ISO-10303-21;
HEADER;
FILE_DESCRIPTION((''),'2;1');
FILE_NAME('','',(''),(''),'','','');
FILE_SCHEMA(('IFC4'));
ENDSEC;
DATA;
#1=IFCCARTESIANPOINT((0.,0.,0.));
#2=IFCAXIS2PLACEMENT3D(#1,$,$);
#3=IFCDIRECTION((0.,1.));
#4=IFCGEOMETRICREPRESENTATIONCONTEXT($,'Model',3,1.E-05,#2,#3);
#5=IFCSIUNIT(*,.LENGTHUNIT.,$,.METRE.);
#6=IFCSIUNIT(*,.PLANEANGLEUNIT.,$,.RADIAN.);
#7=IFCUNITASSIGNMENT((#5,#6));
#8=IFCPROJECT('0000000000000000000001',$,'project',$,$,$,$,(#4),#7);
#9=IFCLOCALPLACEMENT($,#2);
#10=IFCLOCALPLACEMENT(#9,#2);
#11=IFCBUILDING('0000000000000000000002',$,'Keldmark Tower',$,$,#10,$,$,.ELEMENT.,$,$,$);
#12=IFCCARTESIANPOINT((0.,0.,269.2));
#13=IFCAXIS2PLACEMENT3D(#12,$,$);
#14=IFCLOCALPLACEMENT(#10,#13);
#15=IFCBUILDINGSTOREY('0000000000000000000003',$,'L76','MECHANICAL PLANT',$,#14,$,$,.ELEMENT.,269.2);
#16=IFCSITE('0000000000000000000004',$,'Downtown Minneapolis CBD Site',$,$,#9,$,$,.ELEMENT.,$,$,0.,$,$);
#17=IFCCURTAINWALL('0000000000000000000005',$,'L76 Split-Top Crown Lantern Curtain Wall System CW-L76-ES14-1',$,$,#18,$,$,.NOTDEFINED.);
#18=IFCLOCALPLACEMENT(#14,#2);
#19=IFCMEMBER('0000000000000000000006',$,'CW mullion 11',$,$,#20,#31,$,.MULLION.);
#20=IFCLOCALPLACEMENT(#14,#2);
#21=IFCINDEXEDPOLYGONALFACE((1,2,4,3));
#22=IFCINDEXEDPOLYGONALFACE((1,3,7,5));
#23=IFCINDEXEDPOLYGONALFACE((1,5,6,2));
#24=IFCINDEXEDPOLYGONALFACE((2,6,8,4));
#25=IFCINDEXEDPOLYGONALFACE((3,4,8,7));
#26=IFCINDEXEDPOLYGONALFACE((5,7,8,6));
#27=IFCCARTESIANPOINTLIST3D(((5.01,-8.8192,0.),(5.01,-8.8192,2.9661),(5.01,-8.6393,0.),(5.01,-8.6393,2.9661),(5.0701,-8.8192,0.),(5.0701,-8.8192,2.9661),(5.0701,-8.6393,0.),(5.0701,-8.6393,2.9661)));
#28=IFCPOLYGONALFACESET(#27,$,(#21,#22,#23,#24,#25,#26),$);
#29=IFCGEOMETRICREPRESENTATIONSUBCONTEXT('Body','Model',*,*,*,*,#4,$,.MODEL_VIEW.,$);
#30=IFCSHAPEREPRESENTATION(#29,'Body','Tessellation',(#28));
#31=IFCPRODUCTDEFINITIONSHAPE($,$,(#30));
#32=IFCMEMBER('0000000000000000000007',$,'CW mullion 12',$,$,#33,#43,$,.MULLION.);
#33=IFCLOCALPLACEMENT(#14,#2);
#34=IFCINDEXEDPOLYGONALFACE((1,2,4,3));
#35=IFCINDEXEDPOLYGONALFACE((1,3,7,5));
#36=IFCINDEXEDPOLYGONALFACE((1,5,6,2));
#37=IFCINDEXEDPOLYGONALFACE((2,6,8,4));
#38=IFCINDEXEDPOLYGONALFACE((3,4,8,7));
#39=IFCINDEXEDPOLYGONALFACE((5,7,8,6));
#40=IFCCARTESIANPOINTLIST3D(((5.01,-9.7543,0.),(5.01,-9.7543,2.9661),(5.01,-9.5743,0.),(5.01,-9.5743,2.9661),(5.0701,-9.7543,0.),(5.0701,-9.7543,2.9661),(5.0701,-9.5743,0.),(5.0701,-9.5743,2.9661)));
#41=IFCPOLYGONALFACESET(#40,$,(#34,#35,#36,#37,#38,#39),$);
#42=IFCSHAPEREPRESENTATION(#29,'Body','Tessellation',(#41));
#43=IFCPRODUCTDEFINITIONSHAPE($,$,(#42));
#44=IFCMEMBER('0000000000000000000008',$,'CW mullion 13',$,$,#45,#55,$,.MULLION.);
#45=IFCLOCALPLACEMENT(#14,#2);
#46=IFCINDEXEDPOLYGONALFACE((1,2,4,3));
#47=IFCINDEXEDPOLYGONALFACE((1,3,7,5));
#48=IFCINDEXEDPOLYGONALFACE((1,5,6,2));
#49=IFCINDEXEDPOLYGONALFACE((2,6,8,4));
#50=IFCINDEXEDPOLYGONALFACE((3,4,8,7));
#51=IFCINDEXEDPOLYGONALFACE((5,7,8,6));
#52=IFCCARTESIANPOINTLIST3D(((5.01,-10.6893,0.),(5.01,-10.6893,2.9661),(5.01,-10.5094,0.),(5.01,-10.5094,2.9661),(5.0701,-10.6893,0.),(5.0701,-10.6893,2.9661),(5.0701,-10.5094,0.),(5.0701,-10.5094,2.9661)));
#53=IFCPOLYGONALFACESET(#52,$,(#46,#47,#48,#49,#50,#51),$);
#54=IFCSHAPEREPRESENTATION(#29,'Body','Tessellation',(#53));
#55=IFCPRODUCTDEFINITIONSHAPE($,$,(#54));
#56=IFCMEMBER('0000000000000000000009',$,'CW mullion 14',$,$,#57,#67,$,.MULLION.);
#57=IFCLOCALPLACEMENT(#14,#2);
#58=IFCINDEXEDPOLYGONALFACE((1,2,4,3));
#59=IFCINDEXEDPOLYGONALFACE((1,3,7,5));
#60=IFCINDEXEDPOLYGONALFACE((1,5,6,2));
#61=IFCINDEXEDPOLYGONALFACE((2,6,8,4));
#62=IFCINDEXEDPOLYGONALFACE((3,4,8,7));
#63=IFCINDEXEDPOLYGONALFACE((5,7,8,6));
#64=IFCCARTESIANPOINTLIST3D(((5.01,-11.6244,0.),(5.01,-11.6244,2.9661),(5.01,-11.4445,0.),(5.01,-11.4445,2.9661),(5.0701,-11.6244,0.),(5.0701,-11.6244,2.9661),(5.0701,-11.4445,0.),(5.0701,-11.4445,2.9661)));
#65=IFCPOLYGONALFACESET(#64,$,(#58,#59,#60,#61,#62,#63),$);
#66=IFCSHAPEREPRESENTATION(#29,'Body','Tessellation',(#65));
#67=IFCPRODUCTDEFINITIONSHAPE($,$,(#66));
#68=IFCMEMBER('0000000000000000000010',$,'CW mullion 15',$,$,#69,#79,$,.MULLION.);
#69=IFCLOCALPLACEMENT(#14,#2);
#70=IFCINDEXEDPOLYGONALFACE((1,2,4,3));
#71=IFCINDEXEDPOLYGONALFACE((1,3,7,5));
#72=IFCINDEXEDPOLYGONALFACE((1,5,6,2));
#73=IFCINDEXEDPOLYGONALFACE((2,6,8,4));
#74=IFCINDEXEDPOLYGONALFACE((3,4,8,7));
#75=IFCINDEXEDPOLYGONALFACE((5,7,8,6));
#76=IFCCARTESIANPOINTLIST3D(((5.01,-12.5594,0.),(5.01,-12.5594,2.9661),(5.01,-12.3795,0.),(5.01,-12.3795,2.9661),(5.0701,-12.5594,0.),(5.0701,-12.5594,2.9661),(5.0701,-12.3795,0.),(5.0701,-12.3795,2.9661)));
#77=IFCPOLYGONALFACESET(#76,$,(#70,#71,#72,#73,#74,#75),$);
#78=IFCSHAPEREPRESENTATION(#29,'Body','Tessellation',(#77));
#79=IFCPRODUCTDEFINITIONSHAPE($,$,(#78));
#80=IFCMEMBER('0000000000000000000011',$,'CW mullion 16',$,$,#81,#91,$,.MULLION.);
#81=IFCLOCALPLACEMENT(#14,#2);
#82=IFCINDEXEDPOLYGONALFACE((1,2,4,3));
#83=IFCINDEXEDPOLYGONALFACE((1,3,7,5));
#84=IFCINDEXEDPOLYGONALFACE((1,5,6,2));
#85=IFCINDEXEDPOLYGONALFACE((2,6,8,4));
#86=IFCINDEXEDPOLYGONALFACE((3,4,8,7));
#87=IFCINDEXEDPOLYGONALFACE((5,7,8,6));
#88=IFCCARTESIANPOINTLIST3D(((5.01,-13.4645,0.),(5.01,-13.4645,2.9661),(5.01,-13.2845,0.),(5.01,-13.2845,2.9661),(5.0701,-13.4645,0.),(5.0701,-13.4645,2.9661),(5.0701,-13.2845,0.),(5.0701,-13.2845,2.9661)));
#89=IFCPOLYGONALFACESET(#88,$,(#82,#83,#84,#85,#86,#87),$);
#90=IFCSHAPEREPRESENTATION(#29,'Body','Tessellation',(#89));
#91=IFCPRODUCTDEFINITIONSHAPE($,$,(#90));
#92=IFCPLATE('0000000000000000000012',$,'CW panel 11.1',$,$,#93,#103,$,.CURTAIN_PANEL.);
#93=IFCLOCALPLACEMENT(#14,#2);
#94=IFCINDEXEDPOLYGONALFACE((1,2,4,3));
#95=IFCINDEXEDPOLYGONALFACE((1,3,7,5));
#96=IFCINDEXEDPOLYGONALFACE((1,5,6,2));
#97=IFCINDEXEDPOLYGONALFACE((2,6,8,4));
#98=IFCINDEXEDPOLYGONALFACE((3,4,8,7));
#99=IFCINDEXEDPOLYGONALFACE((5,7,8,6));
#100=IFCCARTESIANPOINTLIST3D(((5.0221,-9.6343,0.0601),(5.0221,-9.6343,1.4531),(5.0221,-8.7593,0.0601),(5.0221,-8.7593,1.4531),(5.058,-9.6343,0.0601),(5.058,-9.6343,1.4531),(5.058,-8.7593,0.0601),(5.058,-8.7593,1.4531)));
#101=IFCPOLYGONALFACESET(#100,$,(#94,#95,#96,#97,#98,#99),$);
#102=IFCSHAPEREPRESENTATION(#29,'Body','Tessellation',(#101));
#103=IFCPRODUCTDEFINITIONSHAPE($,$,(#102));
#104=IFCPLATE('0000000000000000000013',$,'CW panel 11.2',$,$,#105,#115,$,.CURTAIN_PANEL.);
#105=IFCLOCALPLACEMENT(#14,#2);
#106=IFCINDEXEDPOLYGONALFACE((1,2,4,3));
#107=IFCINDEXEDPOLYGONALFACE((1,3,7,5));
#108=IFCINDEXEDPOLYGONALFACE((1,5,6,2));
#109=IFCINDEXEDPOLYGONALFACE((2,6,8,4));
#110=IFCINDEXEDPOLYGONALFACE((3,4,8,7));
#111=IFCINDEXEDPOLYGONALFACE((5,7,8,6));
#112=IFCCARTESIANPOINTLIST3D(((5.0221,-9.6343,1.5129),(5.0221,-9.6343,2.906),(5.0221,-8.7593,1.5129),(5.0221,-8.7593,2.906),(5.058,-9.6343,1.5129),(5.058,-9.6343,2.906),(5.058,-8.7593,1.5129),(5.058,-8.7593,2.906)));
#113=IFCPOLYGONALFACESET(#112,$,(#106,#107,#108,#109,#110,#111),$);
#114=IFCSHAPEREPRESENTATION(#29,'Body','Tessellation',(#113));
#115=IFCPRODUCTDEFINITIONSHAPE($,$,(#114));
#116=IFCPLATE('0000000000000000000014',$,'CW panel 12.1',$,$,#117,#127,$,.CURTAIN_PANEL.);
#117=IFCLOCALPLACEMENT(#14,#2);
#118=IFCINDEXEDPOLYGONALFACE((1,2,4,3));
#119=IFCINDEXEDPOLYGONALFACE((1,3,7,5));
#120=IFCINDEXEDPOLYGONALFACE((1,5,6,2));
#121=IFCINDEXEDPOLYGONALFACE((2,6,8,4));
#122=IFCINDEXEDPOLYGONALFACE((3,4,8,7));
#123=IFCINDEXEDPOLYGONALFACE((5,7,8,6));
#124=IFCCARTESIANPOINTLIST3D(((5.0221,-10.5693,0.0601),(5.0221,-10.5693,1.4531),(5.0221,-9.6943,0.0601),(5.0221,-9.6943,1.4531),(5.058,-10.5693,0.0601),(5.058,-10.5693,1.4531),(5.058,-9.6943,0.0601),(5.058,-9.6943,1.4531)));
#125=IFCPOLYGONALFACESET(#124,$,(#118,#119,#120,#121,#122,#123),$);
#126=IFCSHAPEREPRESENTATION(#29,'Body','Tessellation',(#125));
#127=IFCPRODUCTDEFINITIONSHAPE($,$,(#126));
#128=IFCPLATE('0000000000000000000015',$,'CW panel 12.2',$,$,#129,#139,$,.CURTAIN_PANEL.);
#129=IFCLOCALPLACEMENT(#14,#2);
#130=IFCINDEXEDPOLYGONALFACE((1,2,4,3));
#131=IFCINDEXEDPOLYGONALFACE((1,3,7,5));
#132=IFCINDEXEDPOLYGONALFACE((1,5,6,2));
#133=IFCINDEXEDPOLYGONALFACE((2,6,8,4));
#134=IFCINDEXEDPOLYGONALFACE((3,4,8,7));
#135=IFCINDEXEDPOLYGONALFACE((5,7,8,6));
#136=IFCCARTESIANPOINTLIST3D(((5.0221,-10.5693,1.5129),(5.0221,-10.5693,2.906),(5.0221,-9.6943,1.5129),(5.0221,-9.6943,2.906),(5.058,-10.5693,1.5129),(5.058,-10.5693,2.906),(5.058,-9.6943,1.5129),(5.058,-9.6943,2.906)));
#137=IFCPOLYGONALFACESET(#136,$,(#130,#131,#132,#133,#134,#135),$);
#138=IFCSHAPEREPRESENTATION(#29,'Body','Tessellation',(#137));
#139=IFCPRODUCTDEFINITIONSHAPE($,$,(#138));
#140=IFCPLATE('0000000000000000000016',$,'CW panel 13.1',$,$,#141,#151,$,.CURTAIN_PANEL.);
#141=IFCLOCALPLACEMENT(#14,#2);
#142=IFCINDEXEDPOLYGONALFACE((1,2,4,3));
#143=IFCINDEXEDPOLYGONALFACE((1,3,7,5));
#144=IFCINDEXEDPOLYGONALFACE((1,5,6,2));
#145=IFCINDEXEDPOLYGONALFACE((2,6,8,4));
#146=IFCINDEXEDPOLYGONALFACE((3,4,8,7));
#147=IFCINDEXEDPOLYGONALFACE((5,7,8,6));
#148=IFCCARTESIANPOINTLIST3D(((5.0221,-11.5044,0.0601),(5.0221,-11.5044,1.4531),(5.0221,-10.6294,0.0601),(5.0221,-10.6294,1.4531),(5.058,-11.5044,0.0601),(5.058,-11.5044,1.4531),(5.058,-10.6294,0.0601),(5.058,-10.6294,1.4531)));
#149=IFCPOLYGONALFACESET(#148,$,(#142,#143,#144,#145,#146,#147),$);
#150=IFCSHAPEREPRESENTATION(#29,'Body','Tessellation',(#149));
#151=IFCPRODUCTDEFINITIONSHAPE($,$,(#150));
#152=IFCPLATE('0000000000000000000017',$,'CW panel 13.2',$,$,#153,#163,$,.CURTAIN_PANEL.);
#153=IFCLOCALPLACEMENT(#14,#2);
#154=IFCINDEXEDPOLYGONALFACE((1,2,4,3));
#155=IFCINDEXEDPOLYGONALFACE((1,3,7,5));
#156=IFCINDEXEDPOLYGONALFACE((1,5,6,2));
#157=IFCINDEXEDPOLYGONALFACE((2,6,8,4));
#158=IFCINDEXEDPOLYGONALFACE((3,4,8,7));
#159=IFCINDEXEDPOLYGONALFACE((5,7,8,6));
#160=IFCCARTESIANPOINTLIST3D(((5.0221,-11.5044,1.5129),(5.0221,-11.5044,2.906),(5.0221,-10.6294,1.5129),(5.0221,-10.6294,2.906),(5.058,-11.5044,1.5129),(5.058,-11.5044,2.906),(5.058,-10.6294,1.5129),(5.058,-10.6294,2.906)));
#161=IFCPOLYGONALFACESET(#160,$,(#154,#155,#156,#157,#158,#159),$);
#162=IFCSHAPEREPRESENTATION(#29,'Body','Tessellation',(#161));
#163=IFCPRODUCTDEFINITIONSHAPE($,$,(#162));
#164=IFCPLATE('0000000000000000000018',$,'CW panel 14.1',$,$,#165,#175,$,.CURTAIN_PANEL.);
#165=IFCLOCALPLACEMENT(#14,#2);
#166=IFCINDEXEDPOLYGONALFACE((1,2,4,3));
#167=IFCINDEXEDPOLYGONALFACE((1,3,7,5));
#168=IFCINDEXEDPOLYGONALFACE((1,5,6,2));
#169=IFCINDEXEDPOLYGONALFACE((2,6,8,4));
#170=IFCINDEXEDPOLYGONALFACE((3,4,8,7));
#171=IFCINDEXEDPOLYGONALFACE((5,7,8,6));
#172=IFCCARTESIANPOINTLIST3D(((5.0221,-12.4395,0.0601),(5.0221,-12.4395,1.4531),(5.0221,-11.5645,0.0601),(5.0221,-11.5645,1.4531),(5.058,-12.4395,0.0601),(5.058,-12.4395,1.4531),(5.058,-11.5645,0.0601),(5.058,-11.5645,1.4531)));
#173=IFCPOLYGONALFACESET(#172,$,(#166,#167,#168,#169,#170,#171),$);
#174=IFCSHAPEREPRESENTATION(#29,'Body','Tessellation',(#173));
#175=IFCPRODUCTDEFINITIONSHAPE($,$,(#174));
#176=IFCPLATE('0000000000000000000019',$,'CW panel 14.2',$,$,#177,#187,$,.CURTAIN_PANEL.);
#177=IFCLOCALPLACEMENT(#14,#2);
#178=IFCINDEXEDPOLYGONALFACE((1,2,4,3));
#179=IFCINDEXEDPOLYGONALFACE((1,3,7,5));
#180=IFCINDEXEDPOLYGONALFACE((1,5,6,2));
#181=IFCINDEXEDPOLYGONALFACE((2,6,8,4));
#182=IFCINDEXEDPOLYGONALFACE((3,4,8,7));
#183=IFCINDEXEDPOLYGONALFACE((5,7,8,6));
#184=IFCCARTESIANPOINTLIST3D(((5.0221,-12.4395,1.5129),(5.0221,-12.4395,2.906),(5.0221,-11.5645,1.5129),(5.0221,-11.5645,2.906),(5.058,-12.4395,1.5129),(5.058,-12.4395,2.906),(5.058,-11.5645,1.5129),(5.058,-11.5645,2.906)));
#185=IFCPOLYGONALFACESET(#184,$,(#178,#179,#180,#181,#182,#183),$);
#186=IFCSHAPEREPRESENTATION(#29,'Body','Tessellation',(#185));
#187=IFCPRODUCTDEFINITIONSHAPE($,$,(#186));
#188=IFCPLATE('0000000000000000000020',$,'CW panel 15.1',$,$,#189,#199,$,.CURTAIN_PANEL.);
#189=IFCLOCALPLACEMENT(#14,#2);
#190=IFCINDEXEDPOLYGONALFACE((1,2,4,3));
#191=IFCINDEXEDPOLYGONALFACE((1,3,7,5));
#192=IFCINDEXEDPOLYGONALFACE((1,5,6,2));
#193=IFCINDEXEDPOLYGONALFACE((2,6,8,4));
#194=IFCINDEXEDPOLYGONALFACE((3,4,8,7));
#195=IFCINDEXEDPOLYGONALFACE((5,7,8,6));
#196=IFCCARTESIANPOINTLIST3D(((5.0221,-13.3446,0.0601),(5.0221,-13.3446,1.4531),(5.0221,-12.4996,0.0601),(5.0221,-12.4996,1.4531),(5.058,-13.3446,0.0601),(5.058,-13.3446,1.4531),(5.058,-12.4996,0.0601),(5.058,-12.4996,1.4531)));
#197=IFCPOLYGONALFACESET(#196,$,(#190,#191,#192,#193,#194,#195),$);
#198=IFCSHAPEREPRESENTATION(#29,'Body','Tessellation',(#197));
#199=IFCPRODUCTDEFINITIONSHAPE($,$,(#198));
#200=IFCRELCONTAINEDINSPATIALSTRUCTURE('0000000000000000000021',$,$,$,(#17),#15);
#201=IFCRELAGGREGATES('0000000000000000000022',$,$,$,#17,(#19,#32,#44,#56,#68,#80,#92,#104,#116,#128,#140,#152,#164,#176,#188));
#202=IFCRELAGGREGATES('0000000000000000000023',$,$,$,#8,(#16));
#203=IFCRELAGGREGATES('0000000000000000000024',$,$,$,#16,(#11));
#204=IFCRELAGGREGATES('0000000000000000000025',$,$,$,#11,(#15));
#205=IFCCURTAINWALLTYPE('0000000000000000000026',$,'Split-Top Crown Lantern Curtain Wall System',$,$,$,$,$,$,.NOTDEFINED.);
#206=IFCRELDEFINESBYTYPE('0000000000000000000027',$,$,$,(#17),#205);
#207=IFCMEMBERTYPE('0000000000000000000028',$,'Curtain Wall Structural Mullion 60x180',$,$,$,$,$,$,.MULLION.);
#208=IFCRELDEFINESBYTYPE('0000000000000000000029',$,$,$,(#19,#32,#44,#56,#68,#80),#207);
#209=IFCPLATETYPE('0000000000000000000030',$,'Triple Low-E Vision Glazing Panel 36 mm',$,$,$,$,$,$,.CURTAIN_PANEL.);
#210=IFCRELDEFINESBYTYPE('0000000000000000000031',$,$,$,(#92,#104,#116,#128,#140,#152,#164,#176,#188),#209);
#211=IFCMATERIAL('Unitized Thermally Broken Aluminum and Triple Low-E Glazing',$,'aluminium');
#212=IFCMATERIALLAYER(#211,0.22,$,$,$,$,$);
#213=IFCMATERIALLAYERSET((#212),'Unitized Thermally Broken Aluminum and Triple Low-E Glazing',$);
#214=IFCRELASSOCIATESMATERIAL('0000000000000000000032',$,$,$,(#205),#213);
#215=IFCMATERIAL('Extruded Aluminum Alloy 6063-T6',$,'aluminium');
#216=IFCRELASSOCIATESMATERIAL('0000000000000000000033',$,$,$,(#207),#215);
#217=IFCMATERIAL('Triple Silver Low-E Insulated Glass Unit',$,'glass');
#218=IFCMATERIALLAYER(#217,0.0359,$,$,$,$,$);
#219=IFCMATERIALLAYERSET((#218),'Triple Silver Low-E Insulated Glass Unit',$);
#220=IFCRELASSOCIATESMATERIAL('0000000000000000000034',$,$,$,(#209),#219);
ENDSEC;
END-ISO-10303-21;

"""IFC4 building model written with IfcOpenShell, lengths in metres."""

from ifc_helpers import new_model, si_unit, direction, frame, origin, origin_2d, place, context, subcontext, project, spatial, rectangle, extrude, material, layer, layer_set, material_profile, profile_set, type_object, element, aggregate, save


model = new_model("IFC4")

# Units and contexts
model_context = context("Model", 3, precision=1e-05, world=origin(), true_north=direction((0.0, 1.0)))
body_context = subcontext(model_context, "Body", "Model", "MODEL_VIEW")
ifc_project = project(units=[si_unit("LENGTHUNIT", "METRE"), si_unit("PLANEANGLEUNIT", "RADIAN")], contexts=[model_context])

# Site, building, storey
site_placement = place(None, origin())
site = spatial("IfcSite", under=ifc_project, at=site_placement, Name="Downtown Minneapolis CBD Site", CompositionType="ELEMENT", RefElevation=0.0)
building_placement = place(site_placement, origin())
building = spatial("IfcBuilding", under=site, at=building_placement, Name="Keldmark Tower", CompositionType="ELEMENT")
storey_placement = place(building_placement, frame((0.0, 0.0, 269.2)))
storey = spatial("IfcBuildingStorey", under=building, at=storey_placement, Name="L76", Description="MECHANICAL PLANT", CompositionType="ELEMENT", Elevation=269.2)

# Curtain wall, members, plates
ifc_material_1 = material(Name="Unitized Thermally Broken Aluminum and Triple Low-E Glazing", Category="aluminium")
ifc_layer_1 = layer(ifc_material_1, 0.22)
ifc_layer_set_1 = layer_set([ifc_layer_1], Name="Unitized Thermally Broken Aluminum and Triple Low-E Glazing")
curtain_wall_type = type_object("IfcCurtainWallType", Name="Split-Top Crown Lantern Curtain Wall System", PredefinedType="NOTDEFINED", material=ifc_layer_set_1)
curtain_wall_placement = place(storey_placement, origin())
curtain_wall = element("IfcCurtainWall", 1, at=curtain_wall_placement, inside=storey, type_object=curtain_wall_type, Name="L76 Split-Top Crown Lantern Curtain Wall System CW-L76-ES14-1", PredefinedType="NOTDEFINED")
ifc_material_2 = material(Name="Extruded Aluminum Alloy 6063-T6", Category="aluminium")
ifc_material_profile_1 = material_profile(ifc_material_2, rectangle(XDim=0.0601, YDim=0.1799, at=origin_2d()), Name="CWM60X180")
ifc_profile_set_1 = profile_set([ifc_material_profile_1], Name="Extruded Aluminum Alloy 6063-T6")
member_type_1 = type_object("IfcMemberType", Name="Curtain Wall Structural Mullion 60x180", PredefinedType="MULLION", material=ifc_profile_set_1)
member_1_placement = place(storey_placement, frame((5.04, -8.7292, 0.0), z_axis=(0.0, 0.0, 1.0), x_axis=(1.0, 0.0, 0.0)))
member_1 = element("IfcMember", 2, at=member_1_placement, type_object=member_type_1, Name="CW mullion 11", PredefinedType="MULLION", context=body_context, shape_type="SweptSolid", body=[
    extrude(rectangle(XDim=0.0601, YDim=0.1799, at=origin_2d()), origin(), (0.0, 0.0, 1.0), 2.9661),
])
member_2_placement = place(storey_placement, frame((5.04, -9.6643, 0.0), z_axis=(0.0, 0.0, 1.0), x_axis=(1.0, 0.0, 0.0)))
member_2 = element("IfcMember", 3, at=member_2_placement, type_object=member_type_1, Name="CW mullion 12", PredefinedType="MULLION", context=body_context, shape_type="SweptSolid", body=[
    extrude(rectangle(XDim=0.0601, YDim=0.1799, at=origin_2d()), origin(), (0.0, 0.0, 1.0), 2.9661),
])
member_3_placement = place(storey_placement, frame((5.04, -10.5994, 0.0), z_axis=(0.0, 0.0, 1.0), x_axis=(1.0, 0.0, 0.0)))
member_3 = element("IfcMember", 4, at=member_3_placement, type_object=member_type_1, Name="CW mullion 13", PredefinedType="MULLION", context=body_context, shape_type="SweptSolid", body=[
    extrude(rectangle(XDim=0.0601, YDim=0.1799, at=origin_2d()), origin(), (0.0, 0.0, 1.0), 2.9661),
])
member_4_placement = place(storey_placement, frame((5.04, -11.5344, 0.0), z_axis=(0.0, 0.0, 1.0), x_axis=(1.0, 0.0, 0.0)))
member_4 = element("IfcMember", 5, at=member_4_placement, type_object=member_type_1, Name="CW mullion 14", PredefinedType="MULLION", context=body_context, shape_type="SweptSolid", body=[
    extrude(rectangle(XDim=0.0601, YDim=0.1799, at=origin_2d()), origin(), (0.0, 0.0, 1.0), 2.9661),
])
member_5_placement = place(storey_placement, frame((5.04, -12.4695, 0.0), z_axis=(0.0, 0.0, 1.0), x_axis=(1.0, 0.0, 0.0)))
member_5 = element("IfcMember", 6, at=member_5_placement, type_object=member_type_1, Name="CW mullion 15", PredefinedType="MULLION", context=body_context, shape_type="SweptSolid", body=[
    extrude(rectangle(XDim=0.0601, YDim=0.1799, at=origin_2d()), origin(), (0.0, 0.0, 1.0), 2.9661),
])
member_6_placement = place(storey_placement, frame((5.04, -13.3745, 0.0), z_axis=(0.0, 0.0, 1.0), x_axis=(1.0, 0.0, 0.0)))
member_6 = element("IfcMember", 7, at=member_6_placement, type_object=member_type_1, Name="CW mullion 16", PredefinedType="MULLION", context=body_context, shape_type="SweptSolid", body=[
    extrude(rectangle(XDim=0.0601, YDim=0.1799, at=origin_2d()), origin(), (0.0, 0.0, 1.0), 2.9661),
])
ifc_material_3 = material(Name="Triple Silver Low-E Insulated Glass Unit", Category="glass")
ifc_layer_2 = layer(ifc_material_3, 0.0359)
ifc_layer_set_2 = layer_set([ifc_layer_2], Name="Triple Silver Low-E Insulated Glass Unit")
plate_type = type_object("IfcPlateType", Name="Triple Low-E Vision Glazing Panel 36 mm", PredefinedType="CURTAIN_PANEL", material=ifc_layer_set_2)
plate_1_placement = place(storey_placement, frame((5.04, -9.1968, 0.0601), z_axis=(0.0, 0.0, 1.0), x_axis=(0.0, -1.0, 0.0)))
plate_1 = element("IfcPlate", 8, at=plate_1_placement, type_object=plate_type, Name="CW panel 11.1", PredefinedType="CURTAIN_PANEL", context=body_context, shape_type="SweptSolid", body=[
    extrude(rectangle(XDim=0.875, YDim=0.0359, at=origin_2d()), origin(), (0.0, 0.0, 1.0), 1.3931),
])
plate_2_placement = place(storey_placement, frame((5.04, -9.1968, 1.5129), z_axis=(0.0, 0.0, 1.0), x_axis=(0.0, -1.0, 0.0)))
plate_2 = element("IfcPlate", 9, at=plate_2_placement, type_object=plate_type, Name="CW panel 11.2", PredefinedType="CURTAIN_PANEL", context=body_context, shape_type="SweptSolid", body=[
    extrude(rectangle(XDim=0.875, YDim=0.0359, at=origin_2d()), origin(), (0.0, 0.0, 1.0), 1.3931),
])
plate_3_placement = place(storey_placement, frame((5.04, -10.1318, 0.0601), z_axis=(0.0, 0.0, 1.0), x_axis=(0.0, -1.0, 0.0)))
plate_3 = element("IfcPlate", 10, at=plate_3_placement, type_object=plate_type, Name="CW panel 12.1", PredefinedType="CURTAIN_PANEL", context=body_context, shape_type="SweptSolid", body=[
    extrude(rectangle(XDim=0.875, YDim=0.0359, at=origin_2d()), origin(), (0.0, 0.0, 1.0), 1.3931),
])
plate_4_placement = place(storey_placement, frame((5.04, -10.1318, 1.5129), z_axis=(0.0, 0.0, 1.0), x_axis=(0.0, -1.0, 0.0)))
plate_4 = element("IfcPlate", 11, at=plate_4_placement, type_object=plate_type, Name="CW panel 12.2", PredefinedType="CURTAIN_PANEL", context=body_context, shape_type="SweptSolid", body=[
    extrude(rectangle(XDim=0.875, YDim=0.0359, at=origin_2d()), origin(), (0.0, 0.0, 1.0), 1.3931),
])
plate_5_placement = place(storey_placement, frame((5.04, -11.0669, 0.0601), z_axis=(0.0, 0.0, 1.0), x_axis=(0.0, -1.0, 0.0)))
plate_5 = element("IfcPlate", 12, at=plate_5_placement, type_object=plate_type, Name="CW panel 13.1", PredefinedType="CURTAIN_PANEL", context=body_context, shape_type="SweptSolid", body=[
    extrude(rectangle(XDim=0.875, YDim=0.0359, at=origin_2d()), origin(), (0.0, 0.0, 1.0), 1.3931),
])
plate_6_placement = place(storey_placement, frame((5.04, -11.0669, 1.5129), z_axis=(0.0, 0.0, 1.0), x_axis=(0.0, -1.0, 0.0)))
plate_6 = element("IfcPlate", 13, at=plate_6_placement, type_object=plate_type, Name="CW panel 13.2", PredefinedType="CURTAIN_PANEL", context=body_context, shape_type="SweptSolid", body=[
    extrude(rectangle(XDim=0.875, YDim=0.0359, at=origin_2d()), origin(), (0.0, 0.0, 1.0), 1.3931),
])
plate_7_placement = place(storey_placement, frame((5.04, -12.002, 0.0601), z_axis=(0.0, 0.0, 1.0), x_axis=(0.0, -1.0, 0.0)))
plate_7 = element("IfcPlate", 14, at=plate_7_placement, type_object=plate_type, Name="CW panel 14.1", PredefinedType="CURTAIN_PANEL", context=body_context, shape_type="SweptSolid", body=[
    extrude(rectangle(XDim=0.875, YDim=0.0359, at=origin_2d()), origin(), (0.0, 0.0, 1.0), 1.3931),
])
plate_8_placement = place(storey_placement, frame((5.04, -12.002, 1.5129), z_axis=(0.0, 0.0, 1.0), x_axis=(0.0, -1.0, 0.0)))
plate_8 = element("IfcPlate", 15, at=plate_8_placement, type_object=plate_type, Name="CW panel 14.2", PredefinedType="CURTAIN_PANEL", context=body_context, shape_type="SweptSolid", body=[
    extrude(rectangle(XDim=0.875, YDim=0.0359, at=origin_2d()), origin(), (0.0, 0.0, 1.0), 1.3931),
])
plate_9_placement = place(storey_placement, frame((5.04, -12.9221, 0.0601), z_axis=(0.0, 0.0, 1.0), x_axis=(0.0, -1.0, 0.0)))
plate_9 = element("IfcPlate", 16, at=plate_9_placement, type_object=plate_type, Name="CW panel 15.1", PredefinedType="CURTAIN_PANEL", context=body_context, shape_type="SweptSolid", body=[
    extrude(rectangle(XDim=0.845, YDim=0.0359, at=origin_2d()), origin(), (0.0, 0.0, 1.0), 1.3931),
])
aggregate(curtain_wall, [member_1, member_2, member_3, member_4, member_5, member_6, plate_1, plate_2, plate_3, plate_4, plate_5, plate_6, plate_7, plate_8, plate_9])

save(model, "model.ifc")
